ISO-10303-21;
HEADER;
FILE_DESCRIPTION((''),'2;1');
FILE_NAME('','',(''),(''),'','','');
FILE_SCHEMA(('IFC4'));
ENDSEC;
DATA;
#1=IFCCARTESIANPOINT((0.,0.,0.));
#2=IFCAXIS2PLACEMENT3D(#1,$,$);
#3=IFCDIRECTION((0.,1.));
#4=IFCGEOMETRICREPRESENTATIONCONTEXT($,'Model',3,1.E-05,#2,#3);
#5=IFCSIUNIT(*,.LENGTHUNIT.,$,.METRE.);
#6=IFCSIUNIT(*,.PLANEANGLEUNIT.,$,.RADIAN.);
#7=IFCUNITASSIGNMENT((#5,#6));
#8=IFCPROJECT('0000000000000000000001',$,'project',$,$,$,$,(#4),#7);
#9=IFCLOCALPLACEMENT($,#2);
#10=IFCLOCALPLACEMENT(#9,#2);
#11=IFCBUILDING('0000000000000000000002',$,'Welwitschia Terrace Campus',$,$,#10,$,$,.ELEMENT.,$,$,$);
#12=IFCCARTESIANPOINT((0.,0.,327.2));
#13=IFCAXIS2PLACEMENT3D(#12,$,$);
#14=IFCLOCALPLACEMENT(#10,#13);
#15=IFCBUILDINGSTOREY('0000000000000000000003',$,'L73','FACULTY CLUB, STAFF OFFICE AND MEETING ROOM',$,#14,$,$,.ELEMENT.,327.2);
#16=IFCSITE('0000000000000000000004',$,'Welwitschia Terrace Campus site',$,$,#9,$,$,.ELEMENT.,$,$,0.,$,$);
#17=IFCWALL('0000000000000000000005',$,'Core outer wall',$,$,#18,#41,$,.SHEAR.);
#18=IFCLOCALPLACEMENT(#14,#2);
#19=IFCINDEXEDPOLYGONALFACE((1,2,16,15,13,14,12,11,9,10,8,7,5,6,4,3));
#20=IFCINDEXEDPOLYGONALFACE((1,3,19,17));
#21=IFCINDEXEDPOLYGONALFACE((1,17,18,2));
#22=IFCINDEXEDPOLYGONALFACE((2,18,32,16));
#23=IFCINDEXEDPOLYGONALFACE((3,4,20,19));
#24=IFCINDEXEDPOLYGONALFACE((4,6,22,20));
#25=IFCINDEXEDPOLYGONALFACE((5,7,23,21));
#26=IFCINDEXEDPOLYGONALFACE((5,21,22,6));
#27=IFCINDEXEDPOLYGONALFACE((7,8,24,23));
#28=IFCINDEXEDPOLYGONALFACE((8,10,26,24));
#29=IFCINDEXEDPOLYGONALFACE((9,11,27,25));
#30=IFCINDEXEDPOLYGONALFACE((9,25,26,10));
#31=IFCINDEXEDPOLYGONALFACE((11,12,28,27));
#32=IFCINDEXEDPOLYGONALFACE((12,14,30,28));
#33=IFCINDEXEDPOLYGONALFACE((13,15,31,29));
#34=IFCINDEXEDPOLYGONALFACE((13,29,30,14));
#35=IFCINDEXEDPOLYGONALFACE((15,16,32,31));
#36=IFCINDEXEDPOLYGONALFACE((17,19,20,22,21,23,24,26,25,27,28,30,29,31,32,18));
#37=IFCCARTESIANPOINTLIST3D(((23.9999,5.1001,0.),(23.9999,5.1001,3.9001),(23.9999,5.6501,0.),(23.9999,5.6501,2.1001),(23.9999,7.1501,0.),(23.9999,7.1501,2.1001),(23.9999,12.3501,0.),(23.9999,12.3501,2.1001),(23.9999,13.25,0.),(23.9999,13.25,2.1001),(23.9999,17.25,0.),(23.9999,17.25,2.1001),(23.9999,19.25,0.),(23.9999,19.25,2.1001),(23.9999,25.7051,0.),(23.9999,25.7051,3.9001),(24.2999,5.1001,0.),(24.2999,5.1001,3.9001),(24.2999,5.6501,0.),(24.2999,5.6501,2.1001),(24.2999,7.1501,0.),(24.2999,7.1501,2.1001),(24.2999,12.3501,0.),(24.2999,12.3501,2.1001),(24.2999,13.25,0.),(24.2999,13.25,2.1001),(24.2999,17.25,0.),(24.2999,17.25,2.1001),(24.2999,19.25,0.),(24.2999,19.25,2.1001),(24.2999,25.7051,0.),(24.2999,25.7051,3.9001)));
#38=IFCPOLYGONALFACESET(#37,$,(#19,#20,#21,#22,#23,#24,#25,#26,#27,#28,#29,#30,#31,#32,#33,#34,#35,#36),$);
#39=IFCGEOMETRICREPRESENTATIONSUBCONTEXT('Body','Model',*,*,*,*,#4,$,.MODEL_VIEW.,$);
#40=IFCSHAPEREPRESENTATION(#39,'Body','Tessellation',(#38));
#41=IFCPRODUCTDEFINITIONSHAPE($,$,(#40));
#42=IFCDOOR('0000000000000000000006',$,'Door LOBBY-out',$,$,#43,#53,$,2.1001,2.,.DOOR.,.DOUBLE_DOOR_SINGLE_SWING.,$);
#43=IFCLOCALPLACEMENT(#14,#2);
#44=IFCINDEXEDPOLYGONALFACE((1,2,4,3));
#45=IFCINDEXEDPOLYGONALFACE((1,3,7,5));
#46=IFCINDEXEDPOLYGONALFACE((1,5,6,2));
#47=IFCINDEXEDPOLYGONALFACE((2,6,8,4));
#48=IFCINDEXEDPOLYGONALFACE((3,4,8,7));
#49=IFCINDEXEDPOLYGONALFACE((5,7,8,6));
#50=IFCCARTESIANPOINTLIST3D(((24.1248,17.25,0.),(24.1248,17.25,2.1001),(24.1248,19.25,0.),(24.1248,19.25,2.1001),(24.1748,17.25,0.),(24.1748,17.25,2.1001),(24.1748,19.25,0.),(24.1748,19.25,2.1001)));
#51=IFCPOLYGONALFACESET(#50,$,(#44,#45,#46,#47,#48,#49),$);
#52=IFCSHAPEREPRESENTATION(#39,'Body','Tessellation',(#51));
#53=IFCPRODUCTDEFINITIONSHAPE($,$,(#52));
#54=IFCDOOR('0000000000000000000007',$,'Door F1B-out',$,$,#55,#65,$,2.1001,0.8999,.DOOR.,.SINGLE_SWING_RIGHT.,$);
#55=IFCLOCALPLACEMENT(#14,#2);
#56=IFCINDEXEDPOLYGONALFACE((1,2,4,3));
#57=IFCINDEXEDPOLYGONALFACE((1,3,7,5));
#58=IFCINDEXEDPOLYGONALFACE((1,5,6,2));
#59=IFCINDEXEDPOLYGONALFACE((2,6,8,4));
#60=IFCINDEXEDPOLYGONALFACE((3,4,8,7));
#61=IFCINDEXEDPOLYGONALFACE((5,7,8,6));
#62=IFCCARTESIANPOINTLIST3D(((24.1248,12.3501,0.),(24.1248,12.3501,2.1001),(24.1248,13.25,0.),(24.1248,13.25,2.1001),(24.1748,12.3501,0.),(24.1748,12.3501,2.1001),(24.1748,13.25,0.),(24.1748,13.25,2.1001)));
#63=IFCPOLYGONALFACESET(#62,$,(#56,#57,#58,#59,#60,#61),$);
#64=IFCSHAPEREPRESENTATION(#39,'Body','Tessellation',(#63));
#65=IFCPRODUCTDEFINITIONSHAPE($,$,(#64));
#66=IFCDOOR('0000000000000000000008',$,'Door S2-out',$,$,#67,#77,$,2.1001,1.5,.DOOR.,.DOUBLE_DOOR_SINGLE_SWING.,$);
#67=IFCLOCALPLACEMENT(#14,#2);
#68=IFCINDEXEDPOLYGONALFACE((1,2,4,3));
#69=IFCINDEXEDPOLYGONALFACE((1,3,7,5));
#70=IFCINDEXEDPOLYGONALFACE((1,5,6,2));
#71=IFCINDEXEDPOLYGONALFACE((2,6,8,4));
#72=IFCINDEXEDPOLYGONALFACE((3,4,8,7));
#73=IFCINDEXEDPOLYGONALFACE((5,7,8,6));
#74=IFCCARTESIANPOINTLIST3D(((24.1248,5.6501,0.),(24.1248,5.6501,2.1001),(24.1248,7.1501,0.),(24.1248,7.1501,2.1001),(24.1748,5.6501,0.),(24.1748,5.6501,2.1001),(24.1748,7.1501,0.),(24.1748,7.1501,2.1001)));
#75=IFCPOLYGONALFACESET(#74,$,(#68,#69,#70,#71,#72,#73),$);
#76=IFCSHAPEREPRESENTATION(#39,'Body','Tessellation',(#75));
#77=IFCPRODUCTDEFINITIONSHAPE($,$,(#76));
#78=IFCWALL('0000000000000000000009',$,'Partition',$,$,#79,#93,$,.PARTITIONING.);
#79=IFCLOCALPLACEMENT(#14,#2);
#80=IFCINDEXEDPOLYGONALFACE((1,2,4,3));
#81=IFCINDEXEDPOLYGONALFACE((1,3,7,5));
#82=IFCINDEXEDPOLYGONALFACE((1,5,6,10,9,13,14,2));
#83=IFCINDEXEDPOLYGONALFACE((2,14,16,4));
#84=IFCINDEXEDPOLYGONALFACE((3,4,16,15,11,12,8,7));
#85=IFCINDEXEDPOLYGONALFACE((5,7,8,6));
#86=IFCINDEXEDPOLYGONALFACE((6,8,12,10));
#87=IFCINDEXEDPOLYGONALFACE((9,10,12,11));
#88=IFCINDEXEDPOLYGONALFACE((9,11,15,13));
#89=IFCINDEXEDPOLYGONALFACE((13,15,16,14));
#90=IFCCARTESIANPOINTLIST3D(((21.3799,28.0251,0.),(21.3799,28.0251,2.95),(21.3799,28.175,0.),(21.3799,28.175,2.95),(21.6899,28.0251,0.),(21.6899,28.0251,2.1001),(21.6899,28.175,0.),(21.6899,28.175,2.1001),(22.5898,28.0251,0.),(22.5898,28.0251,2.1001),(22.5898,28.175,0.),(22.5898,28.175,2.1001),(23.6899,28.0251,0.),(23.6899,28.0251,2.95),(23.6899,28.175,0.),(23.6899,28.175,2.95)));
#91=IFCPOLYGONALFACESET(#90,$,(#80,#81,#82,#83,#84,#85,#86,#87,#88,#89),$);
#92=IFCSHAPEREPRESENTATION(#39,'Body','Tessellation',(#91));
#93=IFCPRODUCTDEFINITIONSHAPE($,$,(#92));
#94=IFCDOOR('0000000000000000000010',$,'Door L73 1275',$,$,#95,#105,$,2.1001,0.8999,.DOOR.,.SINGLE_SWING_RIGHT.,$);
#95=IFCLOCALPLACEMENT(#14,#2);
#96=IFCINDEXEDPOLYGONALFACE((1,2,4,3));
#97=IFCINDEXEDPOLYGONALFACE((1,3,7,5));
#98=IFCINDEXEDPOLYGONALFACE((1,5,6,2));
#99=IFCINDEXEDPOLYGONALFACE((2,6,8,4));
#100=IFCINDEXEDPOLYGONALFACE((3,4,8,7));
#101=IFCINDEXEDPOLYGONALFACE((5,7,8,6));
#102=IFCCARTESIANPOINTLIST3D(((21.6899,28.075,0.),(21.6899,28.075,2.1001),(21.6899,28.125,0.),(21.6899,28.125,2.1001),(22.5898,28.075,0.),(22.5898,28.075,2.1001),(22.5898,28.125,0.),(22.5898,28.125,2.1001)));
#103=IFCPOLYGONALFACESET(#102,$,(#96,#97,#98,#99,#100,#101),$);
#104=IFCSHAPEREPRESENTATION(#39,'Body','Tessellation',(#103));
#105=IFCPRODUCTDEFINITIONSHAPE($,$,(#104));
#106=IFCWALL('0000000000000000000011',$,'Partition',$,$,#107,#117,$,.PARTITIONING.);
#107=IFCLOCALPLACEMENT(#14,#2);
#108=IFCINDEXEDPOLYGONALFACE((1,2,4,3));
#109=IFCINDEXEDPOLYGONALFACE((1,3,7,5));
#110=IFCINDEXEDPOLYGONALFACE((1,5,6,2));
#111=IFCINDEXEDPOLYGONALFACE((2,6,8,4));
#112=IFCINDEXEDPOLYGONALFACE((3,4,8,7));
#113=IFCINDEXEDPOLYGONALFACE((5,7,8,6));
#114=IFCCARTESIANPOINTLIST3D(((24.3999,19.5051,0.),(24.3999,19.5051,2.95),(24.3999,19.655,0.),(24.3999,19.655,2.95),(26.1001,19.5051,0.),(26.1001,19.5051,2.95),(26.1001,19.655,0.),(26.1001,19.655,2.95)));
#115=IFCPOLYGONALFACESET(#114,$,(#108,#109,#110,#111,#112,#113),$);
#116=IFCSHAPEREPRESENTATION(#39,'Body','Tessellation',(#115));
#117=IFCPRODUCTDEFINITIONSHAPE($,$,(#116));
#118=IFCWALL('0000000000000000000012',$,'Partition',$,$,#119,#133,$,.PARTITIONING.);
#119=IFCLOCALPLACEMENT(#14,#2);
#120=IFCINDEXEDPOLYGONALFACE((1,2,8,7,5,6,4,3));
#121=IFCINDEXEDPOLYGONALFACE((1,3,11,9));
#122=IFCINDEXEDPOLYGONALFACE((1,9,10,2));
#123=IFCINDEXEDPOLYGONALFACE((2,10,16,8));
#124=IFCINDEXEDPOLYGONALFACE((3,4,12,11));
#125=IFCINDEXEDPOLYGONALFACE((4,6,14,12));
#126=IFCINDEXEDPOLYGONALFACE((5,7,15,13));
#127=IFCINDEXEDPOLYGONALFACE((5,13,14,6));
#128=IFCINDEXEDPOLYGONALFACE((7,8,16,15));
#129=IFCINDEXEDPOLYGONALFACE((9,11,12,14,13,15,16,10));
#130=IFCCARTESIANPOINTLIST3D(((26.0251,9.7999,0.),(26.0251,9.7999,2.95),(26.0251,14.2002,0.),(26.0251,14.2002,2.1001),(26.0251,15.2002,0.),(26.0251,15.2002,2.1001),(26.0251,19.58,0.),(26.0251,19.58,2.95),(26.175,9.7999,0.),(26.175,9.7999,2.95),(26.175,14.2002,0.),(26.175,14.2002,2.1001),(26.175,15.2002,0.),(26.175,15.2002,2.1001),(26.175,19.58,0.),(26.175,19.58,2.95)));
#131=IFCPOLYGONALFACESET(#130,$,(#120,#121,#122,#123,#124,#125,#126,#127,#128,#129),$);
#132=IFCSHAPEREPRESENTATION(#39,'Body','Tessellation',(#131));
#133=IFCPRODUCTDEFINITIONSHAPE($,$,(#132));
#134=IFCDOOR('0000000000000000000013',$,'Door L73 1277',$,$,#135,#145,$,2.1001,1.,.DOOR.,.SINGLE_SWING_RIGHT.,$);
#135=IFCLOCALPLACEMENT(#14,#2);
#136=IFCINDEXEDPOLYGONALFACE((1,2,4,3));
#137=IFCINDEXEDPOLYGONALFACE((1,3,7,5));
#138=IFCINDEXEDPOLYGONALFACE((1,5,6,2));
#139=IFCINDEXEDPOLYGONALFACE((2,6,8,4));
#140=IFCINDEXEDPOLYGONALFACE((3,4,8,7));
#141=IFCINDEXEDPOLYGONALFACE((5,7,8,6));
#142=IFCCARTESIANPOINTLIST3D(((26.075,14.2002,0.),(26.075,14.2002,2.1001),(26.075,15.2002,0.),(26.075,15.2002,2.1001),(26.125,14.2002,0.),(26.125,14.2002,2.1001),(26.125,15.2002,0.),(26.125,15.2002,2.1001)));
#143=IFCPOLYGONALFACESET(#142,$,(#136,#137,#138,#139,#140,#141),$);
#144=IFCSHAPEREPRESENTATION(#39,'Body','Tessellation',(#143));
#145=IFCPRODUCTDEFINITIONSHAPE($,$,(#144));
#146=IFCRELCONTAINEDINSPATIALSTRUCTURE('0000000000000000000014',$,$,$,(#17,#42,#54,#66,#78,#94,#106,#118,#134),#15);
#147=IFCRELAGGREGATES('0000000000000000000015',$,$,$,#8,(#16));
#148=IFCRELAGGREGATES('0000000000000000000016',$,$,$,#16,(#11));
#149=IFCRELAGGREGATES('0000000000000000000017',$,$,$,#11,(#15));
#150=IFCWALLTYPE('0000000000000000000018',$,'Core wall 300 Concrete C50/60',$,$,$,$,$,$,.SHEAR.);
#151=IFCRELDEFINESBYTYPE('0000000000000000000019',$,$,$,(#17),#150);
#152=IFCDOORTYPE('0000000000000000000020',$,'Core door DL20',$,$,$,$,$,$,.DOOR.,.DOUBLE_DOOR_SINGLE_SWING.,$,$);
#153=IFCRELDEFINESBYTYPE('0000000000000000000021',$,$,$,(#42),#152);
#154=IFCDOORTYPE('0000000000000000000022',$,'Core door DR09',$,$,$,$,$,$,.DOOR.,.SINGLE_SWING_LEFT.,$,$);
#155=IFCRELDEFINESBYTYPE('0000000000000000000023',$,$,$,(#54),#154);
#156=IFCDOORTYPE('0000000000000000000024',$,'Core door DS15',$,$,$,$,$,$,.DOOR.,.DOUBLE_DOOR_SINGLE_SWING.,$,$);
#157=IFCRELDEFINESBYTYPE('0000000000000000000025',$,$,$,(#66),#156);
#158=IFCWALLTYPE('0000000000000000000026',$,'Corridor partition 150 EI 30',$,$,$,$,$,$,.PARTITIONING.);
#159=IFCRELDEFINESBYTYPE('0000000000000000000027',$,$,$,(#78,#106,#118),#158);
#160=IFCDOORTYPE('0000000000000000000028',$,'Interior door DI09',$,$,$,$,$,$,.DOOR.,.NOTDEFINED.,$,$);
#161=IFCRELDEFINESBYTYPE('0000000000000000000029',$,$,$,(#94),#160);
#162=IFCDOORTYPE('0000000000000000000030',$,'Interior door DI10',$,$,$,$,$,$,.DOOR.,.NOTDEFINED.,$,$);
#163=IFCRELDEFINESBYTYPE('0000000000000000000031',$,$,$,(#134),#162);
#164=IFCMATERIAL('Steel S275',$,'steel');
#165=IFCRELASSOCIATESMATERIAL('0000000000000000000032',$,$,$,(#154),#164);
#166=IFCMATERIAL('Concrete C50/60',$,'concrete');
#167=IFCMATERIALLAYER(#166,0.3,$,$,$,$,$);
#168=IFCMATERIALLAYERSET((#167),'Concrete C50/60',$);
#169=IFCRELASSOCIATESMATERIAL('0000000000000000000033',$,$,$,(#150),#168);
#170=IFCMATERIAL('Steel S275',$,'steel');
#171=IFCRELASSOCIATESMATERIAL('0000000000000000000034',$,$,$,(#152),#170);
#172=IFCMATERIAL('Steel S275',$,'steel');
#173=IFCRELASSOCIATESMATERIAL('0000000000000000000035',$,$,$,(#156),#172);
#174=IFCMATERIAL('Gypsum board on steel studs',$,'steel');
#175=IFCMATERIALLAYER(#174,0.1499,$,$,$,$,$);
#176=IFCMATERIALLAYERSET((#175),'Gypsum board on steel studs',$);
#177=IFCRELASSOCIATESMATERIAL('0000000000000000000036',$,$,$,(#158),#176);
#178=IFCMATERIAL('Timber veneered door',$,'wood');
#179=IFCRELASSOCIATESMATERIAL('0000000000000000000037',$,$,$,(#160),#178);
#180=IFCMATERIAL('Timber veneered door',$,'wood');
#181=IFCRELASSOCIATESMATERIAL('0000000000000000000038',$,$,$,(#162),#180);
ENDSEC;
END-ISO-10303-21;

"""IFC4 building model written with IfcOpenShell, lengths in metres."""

from ifc_helpers import new_model, si_unit, direction, frame, frame_2d, origin, place, context, subcontext, project, spatial, rectangle, extrude, material, layer, layer_set, type_object, element, fill, save


model = new_model("IFC4")

# Units and contexts
model_context = context("Model", 3, precision=1e-05, world=origin(), true_north=direction((0.0, 1.0)))
body_context = subcontext(model_context, "Body", "Model", "MODEL_VIEW")
ifc_project = project(units=[si_unit("LENGTHUNIT", "METRE"), si_unit("PLANEANGLEUNIT", "RADIAN")], contexts=[model_context])

# Site, building, storey
site_placement = place(None, origin())
site = spatial("IfcSite", under=ifc_project, at=site_placement, Name="Welwitschia Terrace Campus site", CompositionType="ELEMENT", RefElevation=0.0)
building_placement = place(site_placement, origin())
building = spatial("IfcBuilding", under=site, at=building_placement, Name="Welwitschia Terrace Campus", CompositionType="ELEMENT")
storey_placement = place(building_placement, frame((0.0, 0.0, 327.2)))
storey = spatial("IfcBuildingStorey", under=building, at=storey_placement, Name="L73", Description="FACULTY CLUB, STAFF OFFICE AND MEETING ROOM", CompositionType="ELEMENT", Elevation=327.2)

# Wall, openings, doors
ifc_material_1 = material(Name="Steel S275", Category="steel")
door_type_1 = type_object("IfcDoorType", Name="Core door DR09", OperationType="SINGLE_SWING_LEFT", PredefinedType="DOOR", material=ifc_material_1)
ifc_material_2 = material(Name="Concrete C50/60", Category="concrete")
ifc_layer_1 = layer(ifc_material_2, 0.3)
ifc_layer_set_1 = layer_set([ifc_layer_1], Name="Concrete C50/60")
wall_type_1 = type_object("IfcWallType", Name="Core wall 300 Concrete C50/60", PredefinedType="SHEAR", material=ifc_layer_set_1)
wall_1_placement = place(storey_placement, frame((24.1499, 25.7051, 0.0), z_axis=(0.0, 0.0, 1.0), x_axis=(0.0, -1.0, 0.0)))
wall_1 = element("IfcWall", 1, at=wall_1_placement, inside=storey, type_object=wall_type_1, Name="Core outer wall", PredefinedType="SHEAR", context=body_context, shape_type="SweptSolid", body=[
    extrude(rectangle(XDim=20.605, YDim=0.3, at=frame_2d((10.3025, 0.0))), origin(), (0.0, 0.0, 1.0), 3.9001),
])
opening_1_placement = place(wall_1_placement, frame((18.5549, 0.0, 0.0)))
opening_1 = element("IfcOpeningElement", 2, at=opening_1_placement, cuts=wall_1, PredefinedType="OPENING", context=body_context, shape_type="SweptSolid", body=[
    extrude(rectangle(XDim=1.5, YDim=2.1001, at=frame_2d((0.75, 1.05))), frame((0.0, 0.1599, 0.0), z_axis=(0.0, -1.0, 0.0), x_axis=(1.0, 0.0, 0.0)), (0.0, 0.0, 1.0), 0.3201),
])
opening_2_placement = place(wall_1_placement, frame((12.4551, 0.0, 0.0)))
opening_2 = element("IfcOpeningElement", 3, at=opening_2_placement, cuts=wall_1, PredefinedType="OPENING", context=body_context, shape_type="SweptSolid", body=[
    extrude(rectangle(XDim=0.8999, YDim=2.1001, at=frame_2d((0.45, 1.05))), frame((0.0, 0.1599, 0.0), z_axis=(0.0, -1.0, 0.0), x_axis=(1.0, 0.0, 0.0)), (0.0, 0.0, 1.0), 0.3201),
])
opening_3_placement = place(wall_1_placement, frame((6.4551, 0.0, 0.0)))
opening_3 = element("IfcOpeningElement", 4, at=opening_3_placement, cuts=wall_1, PredefinedType="OPENING", context=body_context, shape_type="SweptSolid", body=[
    extrude(rectangle(XDim=2.0, YDim=2.1001, at=frame_2d((1.0, 1.05))), frame((0.0, 0.1599, 0.0), z_axis=(0.0, -1.0, 0.0), x_axis=(1.0, 0.0, 0.0)), (0.0, 0.0, 1.0), 0.3201),
])
ifc_material_3 = material(Name="Steel S275", Category="steel")
door_type_2 = type_object("IfcDoorType", Name="Core door DL20", OperationType="DOUBLE_DOOR_SINGLE_SWING", PredefinedType="DOOR", material=ifc_material_3)
door_1_placement = place(opening_3_placement, origin())
door_1 = element("IfcDoor", 5, at=door_1_placement, inside=storey, type_object=door_type_2, Name="Door LOBBY-out", OperationType="DOUBLE_DOOR_SINGLE_SWING", OverallHeight=2.1001, OverallWidth=2.0, PredefinedType="DOOR", context=body_context, shape_type="SweptSolid", body=[
    extrude(rectangle(XDim=2.0, YDim=2.1001, at=frame_2d((1.0, 1.05))), frame((0.0, 0.0249, 0.0), z_axis=(0.0, -1.0, 0.0), x_axis=(1.0, 0.0, 0.0)), (0.0, 0.0, 1.0), 0.05),
])
fill(opening_3, door_1)
door_2_placement = place(opening_2_placement, origin())
door_2 = element("IfcDoor", 6, at=door_2_placement, inside=storey, type_object=door_type_1, Name="Door F1B-out", OperationType="SINGLE_SWING_RIGHT", OverallHeight=2.1001, OverallWidth=0.8999, PredefinedType="DOOR", context=body_context, shape_type="SweptSolid", body=[
    extrude(rectangle(XDim=0.8999, YDim=2.1001, at=frame_2d((0.45, 1.05))), frame((0.0, 0.0249, 0.0), z_axis=(0.0, -1.0, 0.0), x_axis=(1.0, 0.0, 0.0)), (0.0, 0.0, 1.0), 0.05),
])
fill(opening_2, door_2)
ifc_material_4 = material(Name="Steel S275", Category="steel")
door_type_3 = type_object("IfcDoorType", Name="Core door DS15", OperationType="DOUBLE_DOOR_SINGLE_SWING", PredefinedType="DOOR", material=ifc_material_4)
door_3_placement = place(opening_1_placement, origin())
door_3 = element("IfcDoor", 7, at=door_3_placement, inside=storey, type_object=door_type_3, Name="Door S2-out", OperationType="DOUBLE_DOOR_SINGLE_SWING", OverallHeight=2.1001, OverallWidth=1.5, PredefinedType="DOOR", context=body_context, shape_type="SweptSolid", body=[
    extrude(rectangle(XDim=1.5, YDim=2.1001, at=frame_2d((0.75, 1.05))), frame((0.0, 0.0249, 0.0), z_axis=(0.0, -1.0, 0.0), x_axis=(1.0, 0.0, 0.0)), (0.0, 0.0, 1.0), 0.05),
])
fill(opening_1, door_3)

# Wall, opening, door
ifc_material_5 = material(Name="Gypsum board on steel studs", Category="steel")
ifc_layer_2 = layer(ifc_material_5, 0.1499)
ifc_layer_set_2 = layer_set([ifc_layer_2], Name="Gypsum board on steel studs")
wall_type_2 = type_object("IfcWallType", Name="Corridor partition 150 EI 30", PredefinedType="PARTITIONING", material=ifc_layer_set_2)
wall_2_placement = place(storey_placement, frame((21.3799, 28.1001, 0.0), z_axis=(0.0, 0.0, 1.0), x_axis=(1.0, 0.0, 0.0)))
wall_2 = element("IfcWall", 8, at=wall_2_placement, inside=storey, type_object=wall_type_2, Name="Partition", PredefinedType="PARTITIONING", context=body_context, shape_type="SweptSolid", body=[
    extrude(rectangle(XDim=2.3101, YDim=0.1499, at=frame_2d((1.155, 0.0))), origin(), (0.0, 0.0, 1.0), 2.95),
])
opening_4_placement = place(wall_2_placement, frame((0.3101, 0.0, 0.0)))
opening_4 = element("IfcOpeningElement", 9, at=opening_4_placement, cuts=wall_2, PredefinedType="OPENING", context=body_context, shape_type="SweptSolid", body=[
    extrude(rectangle(XDim=0.8999, YDim=2.1001, at=frame_2d((0.45, 1.05))), frame((0.0, 0.085, 0.0), z_axis=(0.0, -1.0, 0.0), x_axis=(1.0, 0.0, 0.0)), (0.0, 0.0, 1.0), 0.1699),
])
ifc_material_6 = material(Name="Timber veneered door", Category="wood")
door_type_4 = type_object("IfcDoorType", Name="Interior door DI09", OperationType="NOTDEFINED", PredefinedType="DOOR", material=ifc_material_6)
door_4_placement = place(opening_4_placement, origin())
door_4 = element("IfcDoor", 10, at=door_4_placement, inside=storey, type_object=door_type_4, Name="Door L73 1275", OperationType="SINGLE_SWING_RIGHT", OverallHeight=2.1001, OverallWidth=0.8999, PredefinedType="DOOR", context=body_context, shape_type="SweptSolid", body=[
    extrude(rectangle(XDim=0.8999, YDim=2.1001, at=frame_2d((0.45, 1.05))), frame((0.0, 0.0249, 0.0), z_axis=(0.0, -1.0, 0.0), x_axis=(1.0, 0.0, 0.0)), (0.0, 0.0, 1.0), 0.05),
])
fill(opening_4, door_4)

# Wall
wall_3_placement = place(storey_placement, frame((24.3999, 19.5801, 0.0), z_axis=(0.0, 0.0, 1.0), x_axis=(1.0, 0.0, 0.0)))
element("IfcWall", 11, at=wall_3_placement, inside=storey, type_object=wall_type_2, Name="Partition", PredefinedType="PARTITIONING", context=body_context, shape_type="SweptSolid", body=[
    extrude(rectangle(XDim=1.7002, YDim=0.1499, at=frame_2d((0.8501, 0.0))), origin(), (0.0, 0.0, 1.0), 2.95),
])

# Wall, opening, door
wall_4_placement = place(storey_placement, frame((26.1001, 19.5801, 0.0), z_axis=(0.0, 0.0, 1.0), x_axis=(0.0, -1.0, 0.0)))
wall_4 = element("IfcWall", 12, at=wall_4_placement, inside=storey, type_object=wall_type_2, Name="Partition", PredefinedType="PARTITIONING", context=body_context, shape_type="SweptSolid", body=[
    extrude(rectangle(XDim=9.78, YDim=0.1499, at=frame_2d((4.8901, 0.0))), origin(), (0.0, 0.0, 1.0), 2.95),
])
opening_5_placement = place(wall_4_placement, frame((4.3799, 0.0, 0.0)))
opening_5 = element("IfcOpeningElement", 13, at=opening_5_placement, cuts=wall_4, PredefinedType="OPENING", context=body_context, shape_type="SweptSolid", body=[
    extrude(rectangle(XDim=1.0, YDim=2.1001, at=frame_2d((0.5, 1.05))), frame((0.0, 0.085, 0.0), z_axis=(0.0, -1.0, 0.0), x_axis=(1.0, 0.0, 0.0)), (0.0, 0.0, 1.0), 0.1699),
])
ifc_material_7 = material(Name="Timber veneered door", Category="wood")
door_type_5 = type_object("IfcDoorType", Name="Interior door DI10", OperationType="NOTDEFINED", PredefinedType="DOOR", material=ifc_material_7)
door_5_placement = place(opening_5_placement, origin())
door_5 = element("IfcDoor", 14, at=door_5_placement, inside=storey, type_object=door_type_5, Name="Door L73 1277", OperationType="SINGLE_SWING_RIGHT", OverallHeight=2.1001, OverallWidth=1.0, PredefinedType="DOOR", context=body_context, shape_type="SweptSolid", body=[
    extrude(rectangle(XDim=1.0, YDim=2.1001, at=frame_2d((0.5, 1.05))), frame((0.0, 0.0249, 0.0), z_axis=(0.0, -1.0, 0.0), x_axis=(1.0, 0.0, 0.0)), (0.0, 0.0, 1.0), 0.05),
])
fill(opening_5, door_5)

save(model, "model.ifc")
